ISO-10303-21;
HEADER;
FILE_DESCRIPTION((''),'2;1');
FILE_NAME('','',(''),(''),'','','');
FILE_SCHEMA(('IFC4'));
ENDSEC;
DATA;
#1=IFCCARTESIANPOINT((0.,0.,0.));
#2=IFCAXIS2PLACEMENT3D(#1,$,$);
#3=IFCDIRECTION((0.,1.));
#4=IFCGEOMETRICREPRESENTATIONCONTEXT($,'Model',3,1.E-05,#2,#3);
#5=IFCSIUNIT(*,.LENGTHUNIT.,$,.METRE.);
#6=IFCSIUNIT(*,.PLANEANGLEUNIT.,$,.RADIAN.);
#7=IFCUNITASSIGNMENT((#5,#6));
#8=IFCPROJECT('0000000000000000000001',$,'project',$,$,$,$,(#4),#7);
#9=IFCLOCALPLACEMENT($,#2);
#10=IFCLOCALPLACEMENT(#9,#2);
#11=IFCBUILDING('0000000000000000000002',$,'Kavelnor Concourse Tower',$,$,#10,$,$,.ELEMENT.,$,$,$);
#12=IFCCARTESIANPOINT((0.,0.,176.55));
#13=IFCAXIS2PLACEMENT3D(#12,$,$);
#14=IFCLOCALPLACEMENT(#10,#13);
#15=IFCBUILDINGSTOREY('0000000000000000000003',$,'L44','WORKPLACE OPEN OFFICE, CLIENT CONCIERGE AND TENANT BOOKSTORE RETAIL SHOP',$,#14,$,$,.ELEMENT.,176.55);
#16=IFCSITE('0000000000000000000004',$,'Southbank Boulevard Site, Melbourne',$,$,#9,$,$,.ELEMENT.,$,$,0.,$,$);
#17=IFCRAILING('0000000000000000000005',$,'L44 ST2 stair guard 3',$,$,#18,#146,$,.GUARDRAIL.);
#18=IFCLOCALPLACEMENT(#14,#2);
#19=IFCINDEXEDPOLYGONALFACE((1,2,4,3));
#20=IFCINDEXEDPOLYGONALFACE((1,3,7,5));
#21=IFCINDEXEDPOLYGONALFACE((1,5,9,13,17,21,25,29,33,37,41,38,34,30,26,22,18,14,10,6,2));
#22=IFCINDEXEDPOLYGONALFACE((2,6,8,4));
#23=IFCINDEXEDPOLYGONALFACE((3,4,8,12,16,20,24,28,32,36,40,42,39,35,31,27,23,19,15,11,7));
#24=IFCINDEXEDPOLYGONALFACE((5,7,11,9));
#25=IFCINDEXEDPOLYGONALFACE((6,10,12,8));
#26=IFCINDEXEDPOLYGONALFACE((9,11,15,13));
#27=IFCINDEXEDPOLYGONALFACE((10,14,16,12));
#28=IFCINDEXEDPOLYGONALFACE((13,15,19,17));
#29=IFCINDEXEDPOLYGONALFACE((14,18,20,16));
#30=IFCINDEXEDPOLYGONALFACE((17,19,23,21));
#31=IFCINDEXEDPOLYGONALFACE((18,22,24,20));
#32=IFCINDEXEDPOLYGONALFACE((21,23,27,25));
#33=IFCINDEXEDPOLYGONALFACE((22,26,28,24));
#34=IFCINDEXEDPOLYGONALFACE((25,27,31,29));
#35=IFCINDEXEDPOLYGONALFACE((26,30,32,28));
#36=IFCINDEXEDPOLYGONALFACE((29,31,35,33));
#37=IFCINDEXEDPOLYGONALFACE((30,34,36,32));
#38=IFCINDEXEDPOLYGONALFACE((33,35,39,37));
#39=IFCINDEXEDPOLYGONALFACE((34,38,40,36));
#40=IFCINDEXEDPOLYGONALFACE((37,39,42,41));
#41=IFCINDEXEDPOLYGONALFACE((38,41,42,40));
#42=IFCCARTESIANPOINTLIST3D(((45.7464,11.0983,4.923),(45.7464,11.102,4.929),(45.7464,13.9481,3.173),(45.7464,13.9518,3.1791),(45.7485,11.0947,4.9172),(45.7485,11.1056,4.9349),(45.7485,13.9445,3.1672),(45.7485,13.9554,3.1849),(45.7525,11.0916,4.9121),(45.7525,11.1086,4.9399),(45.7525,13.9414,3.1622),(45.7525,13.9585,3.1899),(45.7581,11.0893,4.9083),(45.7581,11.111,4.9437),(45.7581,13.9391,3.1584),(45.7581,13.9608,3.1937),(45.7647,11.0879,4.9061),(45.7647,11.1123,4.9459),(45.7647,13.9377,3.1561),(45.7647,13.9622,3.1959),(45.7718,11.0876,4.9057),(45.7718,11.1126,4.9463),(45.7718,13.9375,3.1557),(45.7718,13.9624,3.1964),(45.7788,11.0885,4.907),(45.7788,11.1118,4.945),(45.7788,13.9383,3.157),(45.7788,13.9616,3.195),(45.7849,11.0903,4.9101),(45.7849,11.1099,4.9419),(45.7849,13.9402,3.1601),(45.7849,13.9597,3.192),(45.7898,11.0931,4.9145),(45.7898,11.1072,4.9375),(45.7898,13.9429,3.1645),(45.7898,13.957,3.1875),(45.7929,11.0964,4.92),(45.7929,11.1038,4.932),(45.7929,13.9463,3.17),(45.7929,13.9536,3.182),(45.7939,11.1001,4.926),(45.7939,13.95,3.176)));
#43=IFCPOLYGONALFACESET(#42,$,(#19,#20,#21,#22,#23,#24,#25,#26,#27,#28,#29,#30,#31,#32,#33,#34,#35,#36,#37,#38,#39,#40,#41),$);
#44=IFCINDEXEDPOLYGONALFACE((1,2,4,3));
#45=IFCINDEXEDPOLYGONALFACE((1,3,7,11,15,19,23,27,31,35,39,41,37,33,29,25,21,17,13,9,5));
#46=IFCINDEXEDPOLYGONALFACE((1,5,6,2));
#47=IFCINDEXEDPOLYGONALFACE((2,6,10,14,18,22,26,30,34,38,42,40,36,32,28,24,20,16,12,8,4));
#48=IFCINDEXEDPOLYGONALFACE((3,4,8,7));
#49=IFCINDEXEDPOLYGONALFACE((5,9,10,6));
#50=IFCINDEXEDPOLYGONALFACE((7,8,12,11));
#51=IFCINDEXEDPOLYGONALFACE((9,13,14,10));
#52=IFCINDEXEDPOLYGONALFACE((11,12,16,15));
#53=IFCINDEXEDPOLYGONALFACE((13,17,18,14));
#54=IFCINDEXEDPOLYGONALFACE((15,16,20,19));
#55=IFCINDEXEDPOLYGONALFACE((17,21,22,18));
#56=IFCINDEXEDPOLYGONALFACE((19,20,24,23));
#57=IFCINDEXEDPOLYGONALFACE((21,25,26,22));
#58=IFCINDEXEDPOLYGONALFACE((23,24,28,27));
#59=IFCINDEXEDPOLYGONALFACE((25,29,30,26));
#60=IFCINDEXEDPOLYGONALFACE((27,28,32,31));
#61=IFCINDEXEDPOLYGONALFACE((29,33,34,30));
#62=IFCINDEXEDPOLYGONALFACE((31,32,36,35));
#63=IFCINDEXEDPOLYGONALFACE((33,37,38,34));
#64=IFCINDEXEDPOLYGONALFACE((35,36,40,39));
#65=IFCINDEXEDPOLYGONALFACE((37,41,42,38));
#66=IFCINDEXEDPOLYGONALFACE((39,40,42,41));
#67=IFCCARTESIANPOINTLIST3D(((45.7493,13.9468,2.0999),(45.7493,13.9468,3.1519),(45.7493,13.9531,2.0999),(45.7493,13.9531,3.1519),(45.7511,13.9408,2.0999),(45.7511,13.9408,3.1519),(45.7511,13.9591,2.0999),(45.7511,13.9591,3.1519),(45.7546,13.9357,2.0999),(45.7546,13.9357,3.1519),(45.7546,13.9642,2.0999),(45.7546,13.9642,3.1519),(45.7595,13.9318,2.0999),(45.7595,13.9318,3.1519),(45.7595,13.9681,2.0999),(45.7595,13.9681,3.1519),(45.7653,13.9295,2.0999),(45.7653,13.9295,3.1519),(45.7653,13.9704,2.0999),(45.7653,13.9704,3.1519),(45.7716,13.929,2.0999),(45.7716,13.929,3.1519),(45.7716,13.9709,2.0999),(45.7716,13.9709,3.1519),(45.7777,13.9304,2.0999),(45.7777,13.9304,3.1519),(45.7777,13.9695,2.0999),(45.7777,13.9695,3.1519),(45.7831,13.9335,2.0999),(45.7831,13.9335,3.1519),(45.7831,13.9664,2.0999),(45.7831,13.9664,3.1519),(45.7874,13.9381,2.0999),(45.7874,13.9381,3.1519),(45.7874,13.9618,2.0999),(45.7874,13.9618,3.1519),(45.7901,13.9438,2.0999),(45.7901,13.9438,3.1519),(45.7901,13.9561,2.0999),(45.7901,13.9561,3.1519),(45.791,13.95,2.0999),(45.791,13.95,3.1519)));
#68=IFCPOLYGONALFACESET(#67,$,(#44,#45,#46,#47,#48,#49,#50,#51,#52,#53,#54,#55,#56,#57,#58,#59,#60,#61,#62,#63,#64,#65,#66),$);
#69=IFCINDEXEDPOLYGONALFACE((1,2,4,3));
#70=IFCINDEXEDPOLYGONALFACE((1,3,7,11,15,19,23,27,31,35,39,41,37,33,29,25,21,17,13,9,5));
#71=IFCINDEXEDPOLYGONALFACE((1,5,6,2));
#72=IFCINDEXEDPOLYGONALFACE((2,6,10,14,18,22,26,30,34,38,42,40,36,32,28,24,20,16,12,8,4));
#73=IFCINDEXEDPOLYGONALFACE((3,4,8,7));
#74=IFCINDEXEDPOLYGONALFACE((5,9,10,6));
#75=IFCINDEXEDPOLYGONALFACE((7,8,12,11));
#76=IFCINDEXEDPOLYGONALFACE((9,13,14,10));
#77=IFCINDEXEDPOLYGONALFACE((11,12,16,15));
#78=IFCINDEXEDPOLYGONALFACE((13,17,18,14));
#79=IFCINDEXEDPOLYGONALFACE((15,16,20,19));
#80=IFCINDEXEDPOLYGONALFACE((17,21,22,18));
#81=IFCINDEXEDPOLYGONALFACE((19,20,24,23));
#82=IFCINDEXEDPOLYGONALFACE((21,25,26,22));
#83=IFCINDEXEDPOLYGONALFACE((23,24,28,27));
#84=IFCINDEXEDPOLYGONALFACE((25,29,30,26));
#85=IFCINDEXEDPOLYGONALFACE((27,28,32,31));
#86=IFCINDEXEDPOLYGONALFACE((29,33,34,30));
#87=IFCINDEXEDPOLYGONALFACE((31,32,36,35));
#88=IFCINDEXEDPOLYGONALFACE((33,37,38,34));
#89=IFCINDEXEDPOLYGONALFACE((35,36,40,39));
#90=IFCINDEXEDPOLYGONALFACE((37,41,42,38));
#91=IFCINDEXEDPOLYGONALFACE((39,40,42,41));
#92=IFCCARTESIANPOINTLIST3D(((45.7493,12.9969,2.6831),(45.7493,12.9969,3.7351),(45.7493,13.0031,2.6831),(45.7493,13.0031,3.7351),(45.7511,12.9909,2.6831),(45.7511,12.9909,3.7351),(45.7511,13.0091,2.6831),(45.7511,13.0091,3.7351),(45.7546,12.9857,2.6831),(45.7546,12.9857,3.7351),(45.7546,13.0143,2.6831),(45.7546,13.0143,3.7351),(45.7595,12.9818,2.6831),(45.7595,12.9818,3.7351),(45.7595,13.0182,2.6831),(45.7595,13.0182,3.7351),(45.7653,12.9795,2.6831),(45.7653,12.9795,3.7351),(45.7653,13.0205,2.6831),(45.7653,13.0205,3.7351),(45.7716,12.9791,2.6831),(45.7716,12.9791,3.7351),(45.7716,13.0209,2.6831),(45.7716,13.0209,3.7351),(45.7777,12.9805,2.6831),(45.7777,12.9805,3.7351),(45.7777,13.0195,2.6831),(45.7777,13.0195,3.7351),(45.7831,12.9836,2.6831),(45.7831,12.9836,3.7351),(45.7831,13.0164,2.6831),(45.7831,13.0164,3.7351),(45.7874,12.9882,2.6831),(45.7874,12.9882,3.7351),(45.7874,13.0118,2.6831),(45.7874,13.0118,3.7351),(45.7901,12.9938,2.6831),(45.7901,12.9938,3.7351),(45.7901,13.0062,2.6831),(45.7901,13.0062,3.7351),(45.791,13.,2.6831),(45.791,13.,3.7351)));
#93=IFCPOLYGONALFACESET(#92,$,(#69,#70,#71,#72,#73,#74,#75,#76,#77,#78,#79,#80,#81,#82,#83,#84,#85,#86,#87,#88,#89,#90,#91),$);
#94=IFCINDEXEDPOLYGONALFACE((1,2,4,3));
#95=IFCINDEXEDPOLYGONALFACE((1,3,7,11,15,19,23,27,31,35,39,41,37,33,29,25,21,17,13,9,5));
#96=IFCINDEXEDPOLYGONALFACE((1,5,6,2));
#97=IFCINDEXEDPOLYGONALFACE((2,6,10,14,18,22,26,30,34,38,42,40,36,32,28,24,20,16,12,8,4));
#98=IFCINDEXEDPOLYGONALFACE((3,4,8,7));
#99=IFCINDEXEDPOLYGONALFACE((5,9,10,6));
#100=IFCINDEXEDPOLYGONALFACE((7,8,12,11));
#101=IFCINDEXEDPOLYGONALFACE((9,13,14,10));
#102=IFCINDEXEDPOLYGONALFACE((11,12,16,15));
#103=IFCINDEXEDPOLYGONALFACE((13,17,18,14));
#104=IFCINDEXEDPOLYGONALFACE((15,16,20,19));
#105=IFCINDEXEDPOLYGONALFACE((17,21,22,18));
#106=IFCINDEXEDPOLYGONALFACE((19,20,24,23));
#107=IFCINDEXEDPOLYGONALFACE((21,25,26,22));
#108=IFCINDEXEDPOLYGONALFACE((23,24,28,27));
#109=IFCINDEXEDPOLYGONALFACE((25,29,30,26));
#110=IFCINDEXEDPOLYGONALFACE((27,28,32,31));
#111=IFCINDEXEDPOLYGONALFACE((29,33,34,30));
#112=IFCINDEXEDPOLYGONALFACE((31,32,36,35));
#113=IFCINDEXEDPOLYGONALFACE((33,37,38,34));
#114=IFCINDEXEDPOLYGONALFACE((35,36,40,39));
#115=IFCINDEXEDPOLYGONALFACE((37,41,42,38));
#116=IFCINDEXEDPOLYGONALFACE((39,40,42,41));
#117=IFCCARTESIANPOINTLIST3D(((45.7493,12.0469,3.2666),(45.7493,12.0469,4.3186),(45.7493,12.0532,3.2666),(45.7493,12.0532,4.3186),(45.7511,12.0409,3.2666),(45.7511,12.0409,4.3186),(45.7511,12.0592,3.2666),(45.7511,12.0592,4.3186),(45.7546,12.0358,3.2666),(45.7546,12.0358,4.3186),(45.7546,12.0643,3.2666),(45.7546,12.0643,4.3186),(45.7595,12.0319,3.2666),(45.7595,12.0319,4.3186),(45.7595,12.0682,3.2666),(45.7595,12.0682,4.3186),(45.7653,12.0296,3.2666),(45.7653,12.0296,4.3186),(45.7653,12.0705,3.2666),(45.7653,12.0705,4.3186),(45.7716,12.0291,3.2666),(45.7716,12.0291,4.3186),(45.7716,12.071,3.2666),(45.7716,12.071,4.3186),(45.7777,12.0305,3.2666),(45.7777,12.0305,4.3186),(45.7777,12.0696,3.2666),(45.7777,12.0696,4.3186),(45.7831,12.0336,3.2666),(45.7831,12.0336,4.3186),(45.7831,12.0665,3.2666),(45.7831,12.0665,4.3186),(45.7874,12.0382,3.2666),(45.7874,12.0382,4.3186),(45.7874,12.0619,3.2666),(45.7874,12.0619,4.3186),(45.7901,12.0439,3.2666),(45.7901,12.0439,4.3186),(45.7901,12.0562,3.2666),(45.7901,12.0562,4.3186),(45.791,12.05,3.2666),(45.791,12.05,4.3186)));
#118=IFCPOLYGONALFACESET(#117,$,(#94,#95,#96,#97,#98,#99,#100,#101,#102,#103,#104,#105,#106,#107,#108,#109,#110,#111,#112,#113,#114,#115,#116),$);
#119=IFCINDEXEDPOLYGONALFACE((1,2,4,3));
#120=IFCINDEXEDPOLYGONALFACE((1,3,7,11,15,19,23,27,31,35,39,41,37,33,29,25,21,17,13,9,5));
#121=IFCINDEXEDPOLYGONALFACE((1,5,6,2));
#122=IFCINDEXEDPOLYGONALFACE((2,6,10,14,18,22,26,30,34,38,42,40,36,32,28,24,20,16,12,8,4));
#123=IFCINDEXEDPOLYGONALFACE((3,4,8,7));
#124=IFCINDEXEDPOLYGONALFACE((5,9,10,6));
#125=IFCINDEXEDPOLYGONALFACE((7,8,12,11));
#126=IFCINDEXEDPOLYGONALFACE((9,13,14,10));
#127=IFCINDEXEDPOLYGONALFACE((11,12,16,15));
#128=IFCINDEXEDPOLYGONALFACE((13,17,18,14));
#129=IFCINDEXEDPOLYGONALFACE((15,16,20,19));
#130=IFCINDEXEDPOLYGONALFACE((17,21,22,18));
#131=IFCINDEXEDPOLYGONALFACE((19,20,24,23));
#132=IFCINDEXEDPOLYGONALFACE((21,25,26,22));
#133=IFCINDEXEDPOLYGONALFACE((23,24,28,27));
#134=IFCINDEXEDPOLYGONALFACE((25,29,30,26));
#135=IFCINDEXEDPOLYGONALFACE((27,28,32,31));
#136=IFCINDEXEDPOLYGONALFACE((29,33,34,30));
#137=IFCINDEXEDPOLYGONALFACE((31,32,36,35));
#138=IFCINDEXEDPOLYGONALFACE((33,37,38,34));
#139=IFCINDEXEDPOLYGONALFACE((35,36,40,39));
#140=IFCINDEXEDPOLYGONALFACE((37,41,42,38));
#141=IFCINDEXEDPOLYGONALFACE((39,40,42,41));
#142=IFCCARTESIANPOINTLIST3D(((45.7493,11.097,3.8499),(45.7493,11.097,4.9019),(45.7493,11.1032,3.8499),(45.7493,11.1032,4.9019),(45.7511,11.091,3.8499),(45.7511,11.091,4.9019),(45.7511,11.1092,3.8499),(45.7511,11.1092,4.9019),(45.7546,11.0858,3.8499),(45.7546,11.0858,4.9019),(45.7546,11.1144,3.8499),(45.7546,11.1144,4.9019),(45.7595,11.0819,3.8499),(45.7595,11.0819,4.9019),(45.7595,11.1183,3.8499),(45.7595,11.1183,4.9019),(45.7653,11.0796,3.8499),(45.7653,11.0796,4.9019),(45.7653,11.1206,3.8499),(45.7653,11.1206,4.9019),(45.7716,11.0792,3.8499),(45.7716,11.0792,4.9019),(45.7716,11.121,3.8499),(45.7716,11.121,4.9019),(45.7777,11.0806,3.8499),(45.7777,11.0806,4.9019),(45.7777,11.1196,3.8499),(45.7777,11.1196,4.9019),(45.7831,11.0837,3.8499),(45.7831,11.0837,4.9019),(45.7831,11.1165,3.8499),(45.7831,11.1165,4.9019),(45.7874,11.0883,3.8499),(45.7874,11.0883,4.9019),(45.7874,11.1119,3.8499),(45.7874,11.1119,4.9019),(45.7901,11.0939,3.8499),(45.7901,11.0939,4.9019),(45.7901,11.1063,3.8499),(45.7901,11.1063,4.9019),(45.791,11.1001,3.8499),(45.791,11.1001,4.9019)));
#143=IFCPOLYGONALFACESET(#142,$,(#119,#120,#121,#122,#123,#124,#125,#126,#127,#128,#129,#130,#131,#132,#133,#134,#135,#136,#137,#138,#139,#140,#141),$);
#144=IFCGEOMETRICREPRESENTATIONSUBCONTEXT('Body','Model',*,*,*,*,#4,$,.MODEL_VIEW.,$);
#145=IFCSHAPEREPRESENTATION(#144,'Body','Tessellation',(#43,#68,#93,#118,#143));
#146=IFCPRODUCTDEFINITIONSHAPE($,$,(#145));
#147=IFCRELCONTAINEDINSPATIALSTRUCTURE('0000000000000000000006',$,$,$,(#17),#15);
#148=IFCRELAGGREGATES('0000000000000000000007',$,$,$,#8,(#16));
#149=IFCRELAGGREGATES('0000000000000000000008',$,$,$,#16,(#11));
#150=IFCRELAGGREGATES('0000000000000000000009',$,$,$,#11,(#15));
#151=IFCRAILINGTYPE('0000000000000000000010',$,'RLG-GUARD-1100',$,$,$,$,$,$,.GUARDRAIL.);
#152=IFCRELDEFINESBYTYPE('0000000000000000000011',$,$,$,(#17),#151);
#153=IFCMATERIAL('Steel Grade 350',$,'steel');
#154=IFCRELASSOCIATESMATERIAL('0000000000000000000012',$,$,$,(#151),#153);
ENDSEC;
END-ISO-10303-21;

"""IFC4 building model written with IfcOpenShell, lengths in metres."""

from ifc_helpers import new_model, si_unit, direction, frame, origin, origin_2d, place, context, subcontext, project, spatial, circle, extrude, material, type_object, element, save


model = new_model("IFC4")

# Units and contexts
model_context = context("Model", 3, precision=1e-05, world=origin(), true_north=direction((0.0, 1.0)))
body_context = subcontext(model_context, "Body", "Model", "MODEL_VIEW")
ifc_project = project(units=[si_unit("LENGTHUNIT", "METRE"), si_unit("PLANEANGLEUNIT", "RADIAN")], contexts=[model_context])

# Site, building, storey
site_placement = place(None, origin())
site = spatial("IfcSite", under=ifc_project, at=site_placement, Name="Southbank Boulevard Site, Melbourne", CompositionType="ELEMENT", RefElevation=0.0)
building_placement = place(site_placement, origin())
building = spatial("IfcBuilding", under=site, at=building_placement, Name="Kavelnor Concourse Tower", CompositionType="ELEMENT")
storey_placement = place(building_placement, frame((0.0, 0.0, 176.55)))
storey = spatial("IfcBuildingStorey", under=building, at=storey_placement, Name="L44", Description="WORKPLACE OPEN OFFICE, CLIENT CONCIERGE AND TENANT BOOKSTORE RETAIL SHOP", CompositionType="ELEMENT", Elevation=176.55)

# Shared definitions
ifc_material_1 = material(Name="Steel Grade 350", Category="steel")

# Railing
railing_type_1 = type_object("IfcRailingType", Name="RLG-GUARD-1100", PredefinedType="GUARDRAIL", material=ifc_material_1)
railing_1_placement = place(storey_placement, frame((45.77, 13.95, 2.0999)))
element("IfcRailing", 1, at=railing_1_placement, inside=storey, type_object=railing_type_1, Name="L44 ST2 stair guard 3", PredefinedType="GUARDRAIL", context=body_context, shape_type="SweptSolid", body=[
    extrude(circle(Radius=0.0239, at=origin_2d()), frame((0.0, 0.0, 1.0762), z_axis=(0.0, -0.852159, 0.523283), x_axis=(1.0, 0.0, 0.0)), (0.0, 0.0, 1.0), 3.3442),
    extrude(circle(Radius=0.021, at=origin_2d()), origin(), (0.0, 0.0, 1.0), 1.052),
    extrude(circle(Radius=0.021, at=origin_2d()), frame((0.0, -0.95, 0.5833)), (0.0, 0.0, 1.0), 1.052),
    extrude(circle(Radius=0.021, at=origin_2d()), frame((0.0, -1.8999, 1.1667)), (0.0, 0.0, 1.0), 1.052),
    extrude(circle(Radius=0.021, at=origin_2d()), frame((0.0, -2.8499, 1.75)), (0.0, 0.0, 1.0), 1.052),
])

save(model, "model.ifc")
